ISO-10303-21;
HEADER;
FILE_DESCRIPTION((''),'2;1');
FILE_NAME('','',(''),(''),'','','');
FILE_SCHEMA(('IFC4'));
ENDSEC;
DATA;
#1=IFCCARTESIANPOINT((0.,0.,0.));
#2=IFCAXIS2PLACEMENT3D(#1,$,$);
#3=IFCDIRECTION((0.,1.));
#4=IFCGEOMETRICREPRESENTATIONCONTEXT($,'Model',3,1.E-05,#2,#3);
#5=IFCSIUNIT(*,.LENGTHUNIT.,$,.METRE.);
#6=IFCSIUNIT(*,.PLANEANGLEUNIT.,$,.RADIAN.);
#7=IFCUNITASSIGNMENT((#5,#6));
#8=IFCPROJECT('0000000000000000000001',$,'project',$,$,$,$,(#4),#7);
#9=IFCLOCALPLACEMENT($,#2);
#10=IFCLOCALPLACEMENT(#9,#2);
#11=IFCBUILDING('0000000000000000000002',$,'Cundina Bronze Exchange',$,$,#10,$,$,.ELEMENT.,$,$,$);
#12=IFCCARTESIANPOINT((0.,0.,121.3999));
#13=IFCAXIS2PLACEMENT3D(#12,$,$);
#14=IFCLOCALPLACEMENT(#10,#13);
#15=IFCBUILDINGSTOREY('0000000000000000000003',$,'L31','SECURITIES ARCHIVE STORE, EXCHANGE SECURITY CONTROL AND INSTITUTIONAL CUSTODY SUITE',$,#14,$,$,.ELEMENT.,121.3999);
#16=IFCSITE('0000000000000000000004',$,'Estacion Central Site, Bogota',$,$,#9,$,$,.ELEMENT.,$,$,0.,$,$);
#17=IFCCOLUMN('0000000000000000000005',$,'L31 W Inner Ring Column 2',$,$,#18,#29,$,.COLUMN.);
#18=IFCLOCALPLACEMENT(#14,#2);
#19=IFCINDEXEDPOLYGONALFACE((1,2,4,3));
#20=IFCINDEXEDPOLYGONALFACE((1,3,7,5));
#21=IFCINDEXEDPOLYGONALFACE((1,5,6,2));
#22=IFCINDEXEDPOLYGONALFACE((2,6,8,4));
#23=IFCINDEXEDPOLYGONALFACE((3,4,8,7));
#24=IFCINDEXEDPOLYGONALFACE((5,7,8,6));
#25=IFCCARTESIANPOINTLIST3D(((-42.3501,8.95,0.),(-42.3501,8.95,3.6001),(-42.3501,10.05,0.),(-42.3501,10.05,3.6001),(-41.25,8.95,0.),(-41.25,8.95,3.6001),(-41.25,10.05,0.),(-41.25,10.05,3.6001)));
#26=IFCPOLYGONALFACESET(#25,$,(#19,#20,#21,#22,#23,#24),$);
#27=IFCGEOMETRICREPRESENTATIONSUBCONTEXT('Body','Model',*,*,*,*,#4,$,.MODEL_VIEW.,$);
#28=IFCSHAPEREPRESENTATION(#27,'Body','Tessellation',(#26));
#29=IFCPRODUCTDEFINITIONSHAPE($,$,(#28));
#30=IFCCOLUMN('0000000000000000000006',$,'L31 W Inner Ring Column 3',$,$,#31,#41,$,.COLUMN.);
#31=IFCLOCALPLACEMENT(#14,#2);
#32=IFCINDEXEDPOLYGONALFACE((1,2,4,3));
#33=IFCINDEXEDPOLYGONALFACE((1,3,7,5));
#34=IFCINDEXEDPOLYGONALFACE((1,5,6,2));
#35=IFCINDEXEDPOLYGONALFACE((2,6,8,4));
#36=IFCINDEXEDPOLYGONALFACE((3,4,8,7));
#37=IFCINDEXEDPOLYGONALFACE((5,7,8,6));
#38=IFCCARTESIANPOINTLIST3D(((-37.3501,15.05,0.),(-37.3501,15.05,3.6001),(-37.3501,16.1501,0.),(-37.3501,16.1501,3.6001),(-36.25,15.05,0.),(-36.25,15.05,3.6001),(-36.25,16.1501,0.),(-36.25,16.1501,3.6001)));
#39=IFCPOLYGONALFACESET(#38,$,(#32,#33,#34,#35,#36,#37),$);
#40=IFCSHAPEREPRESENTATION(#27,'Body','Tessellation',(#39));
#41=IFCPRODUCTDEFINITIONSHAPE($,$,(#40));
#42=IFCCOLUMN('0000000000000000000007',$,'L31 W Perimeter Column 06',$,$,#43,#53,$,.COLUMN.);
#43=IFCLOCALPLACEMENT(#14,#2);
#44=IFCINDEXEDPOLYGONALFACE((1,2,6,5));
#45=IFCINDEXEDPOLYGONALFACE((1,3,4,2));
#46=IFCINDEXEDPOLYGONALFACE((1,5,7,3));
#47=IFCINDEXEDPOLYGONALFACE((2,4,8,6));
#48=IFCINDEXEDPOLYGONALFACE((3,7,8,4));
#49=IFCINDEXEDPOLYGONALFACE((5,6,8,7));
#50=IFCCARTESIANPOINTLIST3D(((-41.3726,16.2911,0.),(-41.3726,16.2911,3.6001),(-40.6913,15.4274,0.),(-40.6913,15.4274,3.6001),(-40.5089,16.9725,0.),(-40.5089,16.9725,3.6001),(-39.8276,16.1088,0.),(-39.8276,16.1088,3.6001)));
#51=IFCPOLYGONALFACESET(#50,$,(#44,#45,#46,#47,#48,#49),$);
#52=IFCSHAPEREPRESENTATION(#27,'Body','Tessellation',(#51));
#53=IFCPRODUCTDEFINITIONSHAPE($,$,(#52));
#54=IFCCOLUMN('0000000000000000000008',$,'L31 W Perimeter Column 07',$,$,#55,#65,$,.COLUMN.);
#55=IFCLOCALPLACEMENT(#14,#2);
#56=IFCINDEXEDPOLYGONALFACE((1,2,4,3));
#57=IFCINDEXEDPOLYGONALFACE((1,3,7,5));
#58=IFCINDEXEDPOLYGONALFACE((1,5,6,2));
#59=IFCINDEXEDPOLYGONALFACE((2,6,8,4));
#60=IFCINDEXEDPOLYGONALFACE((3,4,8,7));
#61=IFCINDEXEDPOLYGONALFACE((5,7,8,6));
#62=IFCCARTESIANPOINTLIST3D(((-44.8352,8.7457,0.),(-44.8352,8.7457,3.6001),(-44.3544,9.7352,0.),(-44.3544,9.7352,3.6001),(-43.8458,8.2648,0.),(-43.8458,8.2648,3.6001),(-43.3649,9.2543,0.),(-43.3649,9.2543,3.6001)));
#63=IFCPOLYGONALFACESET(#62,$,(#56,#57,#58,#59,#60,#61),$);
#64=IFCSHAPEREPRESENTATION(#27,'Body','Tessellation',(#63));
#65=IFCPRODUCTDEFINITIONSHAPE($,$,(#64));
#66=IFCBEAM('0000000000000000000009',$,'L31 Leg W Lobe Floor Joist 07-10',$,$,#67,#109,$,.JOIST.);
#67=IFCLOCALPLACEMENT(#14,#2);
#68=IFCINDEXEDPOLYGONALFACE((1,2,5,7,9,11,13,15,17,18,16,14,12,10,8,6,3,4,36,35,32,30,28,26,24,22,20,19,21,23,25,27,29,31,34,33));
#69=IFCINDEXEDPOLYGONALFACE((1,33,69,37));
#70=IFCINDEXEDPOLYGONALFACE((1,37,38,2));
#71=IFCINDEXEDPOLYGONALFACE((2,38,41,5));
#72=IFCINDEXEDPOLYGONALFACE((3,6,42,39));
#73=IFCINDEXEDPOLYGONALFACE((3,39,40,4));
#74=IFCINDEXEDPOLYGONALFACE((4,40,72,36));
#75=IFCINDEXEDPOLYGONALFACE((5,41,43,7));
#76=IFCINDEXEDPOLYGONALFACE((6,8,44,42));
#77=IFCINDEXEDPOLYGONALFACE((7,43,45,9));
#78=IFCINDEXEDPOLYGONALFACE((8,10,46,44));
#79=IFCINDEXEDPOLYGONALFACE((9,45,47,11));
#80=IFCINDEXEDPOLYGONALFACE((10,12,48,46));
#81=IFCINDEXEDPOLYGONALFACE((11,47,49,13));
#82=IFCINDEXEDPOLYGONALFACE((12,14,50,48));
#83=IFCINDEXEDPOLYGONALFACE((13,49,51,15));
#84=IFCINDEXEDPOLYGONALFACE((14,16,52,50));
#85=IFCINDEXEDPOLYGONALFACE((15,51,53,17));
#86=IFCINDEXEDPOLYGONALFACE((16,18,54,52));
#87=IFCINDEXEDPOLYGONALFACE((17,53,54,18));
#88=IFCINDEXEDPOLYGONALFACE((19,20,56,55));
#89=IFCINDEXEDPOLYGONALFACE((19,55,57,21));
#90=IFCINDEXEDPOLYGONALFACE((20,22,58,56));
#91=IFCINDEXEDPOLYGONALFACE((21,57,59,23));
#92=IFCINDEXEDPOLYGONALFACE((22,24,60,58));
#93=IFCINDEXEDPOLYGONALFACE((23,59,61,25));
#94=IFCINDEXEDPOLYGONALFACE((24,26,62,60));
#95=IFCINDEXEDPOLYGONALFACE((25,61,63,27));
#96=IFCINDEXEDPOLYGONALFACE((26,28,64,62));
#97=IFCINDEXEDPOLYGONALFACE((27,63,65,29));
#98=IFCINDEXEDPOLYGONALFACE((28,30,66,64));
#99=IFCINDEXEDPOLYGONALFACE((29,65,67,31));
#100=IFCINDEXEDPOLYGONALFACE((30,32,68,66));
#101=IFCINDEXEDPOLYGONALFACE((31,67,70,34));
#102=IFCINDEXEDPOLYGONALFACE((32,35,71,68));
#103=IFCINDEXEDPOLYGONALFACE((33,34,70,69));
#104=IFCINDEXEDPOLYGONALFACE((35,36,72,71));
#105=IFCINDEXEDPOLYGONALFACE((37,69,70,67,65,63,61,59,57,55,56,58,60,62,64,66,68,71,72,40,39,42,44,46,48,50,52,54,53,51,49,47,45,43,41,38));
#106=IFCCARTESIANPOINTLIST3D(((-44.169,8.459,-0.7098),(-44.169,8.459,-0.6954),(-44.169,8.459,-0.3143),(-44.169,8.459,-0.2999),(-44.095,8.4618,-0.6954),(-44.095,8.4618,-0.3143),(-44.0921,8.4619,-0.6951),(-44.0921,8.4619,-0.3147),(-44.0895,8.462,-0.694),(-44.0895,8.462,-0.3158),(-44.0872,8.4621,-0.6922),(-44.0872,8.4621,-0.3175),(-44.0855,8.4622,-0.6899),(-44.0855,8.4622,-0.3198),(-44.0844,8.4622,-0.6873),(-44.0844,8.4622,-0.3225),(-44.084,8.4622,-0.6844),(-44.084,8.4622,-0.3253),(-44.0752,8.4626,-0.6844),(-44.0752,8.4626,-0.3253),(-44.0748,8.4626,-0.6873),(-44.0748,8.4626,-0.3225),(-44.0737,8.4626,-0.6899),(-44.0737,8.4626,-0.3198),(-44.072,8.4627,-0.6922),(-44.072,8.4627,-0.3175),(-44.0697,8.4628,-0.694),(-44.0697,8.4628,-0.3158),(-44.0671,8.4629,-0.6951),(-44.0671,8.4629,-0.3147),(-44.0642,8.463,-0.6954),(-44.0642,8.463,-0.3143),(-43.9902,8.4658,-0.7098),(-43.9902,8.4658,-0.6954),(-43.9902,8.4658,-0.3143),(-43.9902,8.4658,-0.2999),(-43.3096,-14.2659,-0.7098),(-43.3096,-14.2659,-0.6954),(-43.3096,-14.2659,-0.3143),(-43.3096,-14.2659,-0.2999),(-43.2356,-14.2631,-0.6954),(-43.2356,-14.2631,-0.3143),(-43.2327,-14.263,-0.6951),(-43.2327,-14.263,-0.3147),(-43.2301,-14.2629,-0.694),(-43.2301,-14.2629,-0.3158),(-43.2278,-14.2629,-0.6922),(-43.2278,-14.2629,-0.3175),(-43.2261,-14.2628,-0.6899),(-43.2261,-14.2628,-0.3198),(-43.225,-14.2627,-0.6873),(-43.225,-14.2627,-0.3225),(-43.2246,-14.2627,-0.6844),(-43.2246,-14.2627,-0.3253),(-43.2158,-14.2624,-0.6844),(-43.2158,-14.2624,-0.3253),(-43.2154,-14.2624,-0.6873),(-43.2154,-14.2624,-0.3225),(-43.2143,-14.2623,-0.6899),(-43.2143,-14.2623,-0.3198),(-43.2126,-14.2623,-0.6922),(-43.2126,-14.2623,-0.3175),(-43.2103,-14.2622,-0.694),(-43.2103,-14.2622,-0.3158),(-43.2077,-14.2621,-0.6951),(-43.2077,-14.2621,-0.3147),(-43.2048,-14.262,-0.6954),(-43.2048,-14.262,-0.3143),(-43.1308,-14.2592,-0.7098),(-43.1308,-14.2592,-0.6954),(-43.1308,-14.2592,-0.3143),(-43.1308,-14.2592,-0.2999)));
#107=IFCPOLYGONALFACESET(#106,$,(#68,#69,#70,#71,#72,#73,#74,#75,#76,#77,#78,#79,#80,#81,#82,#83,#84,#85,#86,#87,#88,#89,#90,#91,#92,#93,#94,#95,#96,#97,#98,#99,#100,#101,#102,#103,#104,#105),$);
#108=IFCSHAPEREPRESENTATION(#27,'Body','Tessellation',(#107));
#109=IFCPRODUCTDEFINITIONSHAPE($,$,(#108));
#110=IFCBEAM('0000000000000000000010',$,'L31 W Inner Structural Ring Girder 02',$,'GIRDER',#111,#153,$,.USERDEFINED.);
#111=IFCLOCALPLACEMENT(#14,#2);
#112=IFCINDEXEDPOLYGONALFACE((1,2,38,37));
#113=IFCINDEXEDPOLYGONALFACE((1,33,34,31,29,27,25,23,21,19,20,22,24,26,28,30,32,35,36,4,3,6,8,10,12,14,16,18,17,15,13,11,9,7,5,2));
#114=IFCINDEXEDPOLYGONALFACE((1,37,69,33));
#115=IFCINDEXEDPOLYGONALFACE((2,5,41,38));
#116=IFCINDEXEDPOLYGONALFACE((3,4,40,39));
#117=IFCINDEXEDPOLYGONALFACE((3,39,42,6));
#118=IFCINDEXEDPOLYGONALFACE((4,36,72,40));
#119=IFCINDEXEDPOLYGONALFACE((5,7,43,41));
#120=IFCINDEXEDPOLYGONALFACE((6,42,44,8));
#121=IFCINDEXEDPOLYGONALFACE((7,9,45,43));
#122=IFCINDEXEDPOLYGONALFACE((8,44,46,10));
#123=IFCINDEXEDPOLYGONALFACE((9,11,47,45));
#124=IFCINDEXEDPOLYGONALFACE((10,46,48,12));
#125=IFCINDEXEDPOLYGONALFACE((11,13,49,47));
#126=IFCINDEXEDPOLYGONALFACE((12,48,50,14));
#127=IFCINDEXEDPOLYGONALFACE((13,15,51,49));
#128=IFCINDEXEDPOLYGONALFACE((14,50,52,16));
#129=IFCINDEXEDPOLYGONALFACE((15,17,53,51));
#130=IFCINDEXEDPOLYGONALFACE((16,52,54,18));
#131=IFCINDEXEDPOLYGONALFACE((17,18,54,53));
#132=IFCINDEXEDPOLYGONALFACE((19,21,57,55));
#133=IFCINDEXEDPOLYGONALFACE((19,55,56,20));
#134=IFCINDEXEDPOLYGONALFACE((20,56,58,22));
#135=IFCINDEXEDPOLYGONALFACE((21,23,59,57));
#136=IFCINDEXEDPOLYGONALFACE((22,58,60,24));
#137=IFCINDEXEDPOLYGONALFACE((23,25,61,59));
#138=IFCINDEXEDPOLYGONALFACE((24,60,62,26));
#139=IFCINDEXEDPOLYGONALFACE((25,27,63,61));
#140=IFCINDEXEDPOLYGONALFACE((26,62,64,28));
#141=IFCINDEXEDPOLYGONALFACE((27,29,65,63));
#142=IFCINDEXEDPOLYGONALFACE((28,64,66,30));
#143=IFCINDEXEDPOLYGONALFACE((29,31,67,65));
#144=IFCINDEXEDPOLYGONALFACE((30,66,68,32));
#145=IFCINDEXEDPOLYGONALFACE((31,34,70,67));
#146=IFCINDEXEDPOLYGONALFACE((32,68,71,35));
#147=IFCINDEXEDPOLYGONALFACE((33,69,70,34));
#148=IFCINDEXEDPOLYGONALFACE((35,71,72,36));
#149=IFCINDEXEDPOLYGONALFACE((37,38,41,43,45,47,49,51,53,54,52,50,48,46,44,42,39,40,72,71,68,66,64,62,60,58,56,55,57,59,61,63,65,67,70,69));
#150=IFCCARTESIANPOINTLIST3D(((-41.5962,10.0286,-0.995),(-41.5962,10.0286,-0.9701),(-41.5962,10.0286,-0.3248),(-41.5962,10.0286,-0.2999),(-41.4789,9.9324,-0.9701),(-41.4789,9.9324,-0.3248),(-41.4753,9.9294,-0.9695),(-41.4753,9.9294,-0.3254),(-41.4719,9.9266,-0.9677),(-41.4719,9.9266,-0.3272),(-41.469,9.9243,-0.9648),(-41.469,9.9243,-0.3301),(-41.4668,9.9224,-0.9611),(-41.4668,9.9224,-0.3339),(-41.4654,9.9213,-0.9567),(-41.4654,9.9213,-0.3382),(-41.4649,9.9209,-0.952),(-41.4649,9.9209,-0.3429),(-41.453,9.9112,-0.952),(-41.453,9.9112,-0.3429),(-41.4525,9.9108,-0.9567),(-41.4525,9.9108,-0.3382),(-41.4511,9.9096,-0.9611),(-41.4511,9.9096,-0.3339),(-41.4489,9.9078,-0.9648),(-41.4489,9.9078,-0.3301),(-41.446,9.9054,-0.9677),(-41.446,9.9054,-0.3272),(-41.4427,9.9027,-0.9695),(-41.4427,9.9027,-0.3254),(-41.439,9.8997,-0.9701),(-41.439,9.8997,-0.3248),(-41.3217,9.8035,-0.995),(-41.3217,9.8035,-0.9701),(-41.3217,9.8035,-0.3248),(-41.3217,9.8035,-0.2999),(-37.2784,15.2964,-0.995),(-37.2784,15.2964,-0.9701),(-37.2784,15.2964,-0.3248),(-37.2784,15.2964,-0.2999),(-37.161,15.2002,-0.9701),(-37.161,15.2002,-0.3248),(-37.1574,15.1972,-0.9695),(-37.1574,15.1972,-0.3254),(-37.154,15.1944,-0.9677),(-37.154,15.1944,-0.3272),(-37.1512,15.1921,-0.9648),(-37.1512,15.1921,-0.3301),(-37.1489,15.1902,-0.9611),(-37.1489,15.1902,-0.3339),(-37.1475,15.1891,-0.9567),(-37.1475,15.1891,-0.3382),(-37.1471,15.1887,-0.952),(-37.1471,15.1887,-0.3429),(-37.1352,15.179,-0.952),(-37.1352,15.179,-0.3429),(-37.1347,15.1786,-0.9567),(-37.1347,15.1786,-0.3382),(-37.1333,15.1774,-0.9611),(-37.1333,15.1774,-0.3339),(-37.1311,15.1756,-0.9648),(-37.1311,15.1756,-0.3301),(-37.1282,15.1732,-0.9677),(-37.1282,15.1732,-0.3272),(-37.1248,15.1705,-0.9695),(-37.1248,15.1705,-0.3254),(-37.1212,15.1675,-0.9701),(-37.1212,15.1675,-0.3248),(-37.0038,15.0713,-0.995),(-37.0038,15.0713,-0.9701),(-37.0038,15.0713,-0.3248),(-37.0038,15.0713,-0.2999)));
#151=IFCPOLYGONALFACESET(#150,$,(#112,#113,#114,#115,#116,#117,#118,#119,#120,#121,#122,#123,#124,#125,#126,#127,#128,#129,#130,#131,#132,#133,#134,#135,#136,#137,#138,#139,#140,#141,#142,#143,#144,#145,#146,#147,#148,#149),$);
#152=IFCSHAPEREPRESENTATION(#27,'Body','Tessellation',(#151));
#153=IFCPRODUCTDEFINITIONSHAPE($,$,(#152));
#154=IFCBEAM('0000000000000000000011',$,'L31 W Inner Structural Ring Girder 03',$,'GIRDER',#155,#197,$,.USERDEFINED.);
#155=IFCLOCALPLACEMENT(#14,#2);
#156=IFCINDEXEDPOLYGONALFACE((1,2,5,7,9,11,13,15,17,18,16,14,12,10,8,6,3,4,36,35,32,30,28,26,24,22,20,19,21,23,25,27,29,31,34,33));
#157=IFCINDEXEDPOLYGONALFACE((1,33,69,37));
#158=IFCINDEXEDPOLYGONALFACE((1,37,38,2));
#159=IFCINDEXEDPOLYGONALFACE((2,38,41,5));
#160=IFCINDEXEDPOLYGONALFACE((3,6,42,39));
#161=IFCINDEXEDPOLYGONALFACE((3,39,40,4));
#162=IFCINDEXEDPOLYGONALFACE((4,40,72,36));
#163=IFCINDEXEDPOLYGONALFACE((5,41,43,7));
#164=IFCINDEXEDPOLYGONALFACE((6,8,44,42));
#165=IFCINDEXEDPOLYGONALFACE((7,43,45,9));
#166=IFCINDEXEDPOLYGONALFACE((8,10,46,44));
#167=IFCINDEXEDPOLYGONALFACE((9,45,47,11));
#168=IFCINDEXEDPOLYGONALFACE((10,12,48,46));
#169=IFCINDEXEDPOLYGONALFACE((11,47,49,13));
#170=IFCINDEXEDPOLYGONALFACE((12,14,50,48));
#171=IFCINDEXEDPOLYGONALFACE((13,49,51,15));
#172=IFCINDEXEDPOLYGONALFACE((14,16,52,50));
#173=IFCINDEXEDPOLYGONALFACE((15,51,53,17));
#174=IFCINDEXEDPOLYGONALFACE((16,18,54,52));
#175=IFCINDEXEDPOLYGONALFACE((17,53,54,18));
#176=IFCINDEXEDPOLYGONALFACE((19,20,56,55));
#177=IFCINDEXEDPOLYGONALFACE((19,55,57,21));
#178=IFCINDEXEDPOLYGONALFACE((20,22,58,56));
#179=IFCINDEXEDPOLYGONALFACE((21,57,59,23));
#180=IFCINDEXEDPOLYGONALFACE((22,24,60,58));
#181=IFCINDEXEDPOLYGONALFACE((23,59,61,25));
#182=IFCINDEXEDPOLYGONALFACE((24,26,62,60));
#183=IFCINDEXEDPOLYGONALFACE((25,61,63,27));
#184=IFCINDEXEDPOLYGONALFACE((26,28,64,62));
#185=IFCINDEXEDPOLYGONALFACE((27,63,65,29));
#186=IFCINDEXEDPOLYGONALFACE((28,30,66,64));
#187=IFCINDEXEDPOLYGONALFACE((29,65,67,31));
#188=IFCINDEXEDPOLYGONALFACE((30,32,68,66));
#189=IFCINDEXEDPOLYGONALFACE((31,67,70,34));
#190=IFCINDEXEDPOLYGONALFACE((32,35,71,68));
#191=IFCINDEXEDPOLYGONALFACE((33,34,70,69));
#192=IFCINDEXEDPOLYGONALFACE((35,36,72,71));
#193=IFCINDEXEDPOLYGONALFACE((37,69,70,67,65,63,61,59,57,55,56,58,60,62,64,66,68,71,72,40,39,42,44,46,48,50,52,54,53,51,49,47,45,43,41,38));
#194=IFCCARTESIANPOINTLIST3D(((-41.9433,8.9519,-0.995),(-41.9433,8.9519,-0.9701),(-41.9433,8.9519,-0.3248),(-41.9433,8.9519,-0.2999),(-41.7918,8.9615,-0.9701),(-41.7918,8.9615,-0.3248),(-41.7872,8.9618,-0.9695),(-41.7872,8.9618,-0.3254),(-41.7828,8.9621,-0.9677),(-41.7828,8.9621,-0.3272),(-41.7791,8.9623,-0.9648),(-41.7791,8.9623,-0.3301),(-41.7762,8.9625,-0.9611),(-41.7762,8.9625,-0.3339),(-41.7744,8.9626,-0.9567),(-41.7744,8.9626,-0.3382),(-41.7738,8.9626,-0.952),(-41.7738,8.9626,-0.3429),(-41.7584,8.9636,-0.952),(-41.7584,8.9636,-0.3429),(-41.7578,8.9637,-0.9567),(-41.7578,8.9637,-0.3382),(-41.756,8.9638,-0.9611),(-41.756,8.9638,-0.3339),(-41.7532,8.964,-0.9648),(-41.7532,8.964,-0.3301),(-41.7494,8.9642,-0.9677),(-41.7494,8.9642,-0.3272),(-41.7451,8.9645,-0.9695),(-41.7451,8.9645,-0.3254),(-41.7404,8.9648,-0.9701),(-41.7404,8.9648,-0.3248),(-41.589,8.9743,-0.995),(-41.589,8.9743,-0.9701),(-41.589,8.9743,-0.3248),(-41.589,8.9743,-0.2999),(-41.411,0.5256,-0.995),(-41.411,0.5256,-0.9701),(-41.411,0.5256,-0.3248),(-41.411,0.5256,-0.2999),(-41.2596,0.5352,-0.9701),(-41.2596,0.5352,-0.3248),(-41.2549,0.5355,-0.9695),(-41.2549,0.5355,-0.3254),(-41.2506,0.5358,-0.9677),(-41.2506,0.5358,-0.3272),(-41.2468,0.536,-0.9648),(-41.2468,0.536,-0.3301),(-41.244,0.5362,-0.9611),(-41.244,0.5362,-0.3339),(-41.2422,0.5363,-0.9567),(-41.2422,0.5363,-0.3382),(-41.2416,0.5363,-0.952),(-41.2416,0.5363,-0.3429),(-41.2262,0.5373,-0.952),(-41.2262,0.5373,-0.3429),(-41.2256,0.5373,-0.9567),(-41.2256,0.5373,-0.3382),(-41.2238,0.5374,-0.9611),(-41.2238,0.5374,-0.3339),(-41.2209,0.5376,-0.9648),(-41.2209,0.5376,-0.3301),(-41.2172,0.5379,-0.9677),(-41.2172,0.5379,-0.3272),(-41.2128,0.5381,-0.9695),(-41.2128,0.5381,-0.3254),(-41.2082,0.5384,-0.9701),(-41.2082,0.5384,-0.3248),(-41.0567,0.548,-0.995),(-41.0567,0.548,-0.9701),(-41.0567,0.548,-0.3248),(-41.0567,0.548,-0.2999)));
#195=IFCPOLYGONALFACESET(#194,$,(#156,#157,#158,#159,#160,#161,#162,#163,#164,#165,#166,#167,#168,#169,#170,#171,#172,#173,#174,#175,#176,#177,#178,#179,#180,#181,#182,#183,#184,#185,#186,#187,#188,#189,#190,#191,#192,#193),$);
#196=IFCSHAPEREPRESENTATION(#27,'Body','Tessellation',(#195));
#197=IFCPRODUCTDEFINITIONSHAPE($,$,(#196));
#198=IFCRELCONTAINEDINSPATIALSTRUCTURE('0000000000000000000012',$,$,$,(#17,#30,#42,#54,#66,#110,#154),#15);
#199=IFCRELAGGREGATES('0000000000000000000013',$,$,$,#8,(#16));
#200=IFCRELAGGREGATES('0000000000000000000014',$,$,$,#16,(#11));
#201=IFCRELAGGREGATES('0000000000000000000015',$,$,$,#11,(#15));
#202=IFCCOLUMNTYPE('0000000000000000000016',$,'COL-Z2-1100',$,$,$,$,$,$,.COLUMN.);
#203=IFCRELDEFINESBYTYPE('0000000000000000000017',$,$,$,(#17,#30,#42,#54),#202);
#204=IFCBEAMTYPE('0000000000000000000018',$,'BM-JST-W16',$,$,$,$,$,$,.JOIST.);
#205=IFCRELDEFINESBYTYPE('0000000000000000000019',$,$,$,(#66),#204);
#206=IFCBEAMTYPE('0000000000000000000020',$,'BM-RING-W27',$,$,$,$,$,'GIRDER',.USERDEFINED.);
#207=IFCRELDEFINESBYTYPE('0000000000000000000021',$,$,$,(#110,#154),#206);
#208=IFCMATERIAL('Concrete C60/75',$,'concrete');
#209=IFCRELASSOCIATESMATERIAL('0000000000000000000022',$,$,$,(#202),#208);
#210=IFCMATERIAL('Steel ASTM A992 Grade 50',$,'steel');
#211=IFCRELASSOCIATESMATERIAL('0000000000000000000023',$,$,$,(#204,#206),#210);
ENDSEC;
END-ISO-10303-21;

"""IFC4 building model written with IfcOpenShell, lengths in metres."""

from ifc_helpers import new_model, si_unit, direction, frame, origin, origin_2d, place, context, subcontext, project, spatial, rectangle, i_section, extrude, material, material_profile, profile_set, type_object, element, save


model = new_model("IFC4")

# Units and contexts
model_context = context("Model", 3, precision=1e-05, world=origin(), true_north=direction((0.0, 1.0)))
body_context = subcontext(model_context, "Body", "Model", "MODEL_VIEW")
ifc_project = project(units=[si_unit("LENGTHUNIT", "METRE"), si_unit("PLANEANGLEUNIT", "RADIAN")], contexts=[model_context])

# Site, building, storey
site_placement = place(None, origin())
site = spatial("IfcSite", under=ifc_project, at=site_placement, Name="Estacion Central Site, Bogota", CompositionType="ELEMENT", RefElevation=0.0)
building_placement = place(site_placement, origin())
building = spatial("IfcBuilding", under=site, at=building_placement, Name="Cundina Bronze Exchange", CompositionType="ELEMENT")
storey_placement = place(building_placement, frame((0.0, 0.0, 121.3999)))
storey = spatial("IfcBuildingStorey", under=building, at=storey_placement, Name="L31", Description="SECURITIES ARCHIVE STORE, EXCHANGE SECURITY CONTROL AND INSTITUTIONAL CUSTODY SUITE", CompositionType="ELEMENT", Elevation=121.3999)

# Columns
ifc_material_1 = material(Name="Concrete C60/75", Category="concrete")
ifc_material_profile_1 = material_profile(ifc_material_1, rectangle(XDim=1.1001, YDim=1.1001, at=origin_2d()), Name="RC1100X1100", Category="concrete")
ifc_profile_set_1 = profile_set([ifc_material_profile_1], Name="Concrete C60/75")
column_type = type_object("IfcColumnType", Name="COL-Z2-1100", PredefinedType="COLUMN", material=ifc_profile_set_1)
for number, where, z_axis, x_axis, name in (
    (1, (-41.8, 9.5, 0.0), (0.0, 0.0, 1.0), (1.0, 0.0, 0.0), "L31 W Inner Ring Column 2"),
    (2, (-36.8, 15.6001, 0.0), (0.0, 0.0, 1.0), (1.0, 0.0, 0.0), "L31 W Inner Ring Column 3"),
    (3, (-40.6001, 16.2, 0.0), (0.0, 0.0, 1.0), (-0.785101, -0.619368, 0.0), "L31 W Perimeter Column 06"),
    (4, (-44.1001, 9.0, 0.0), (0.0, 0.0, 1.0), (-0.437116, -0.899405, 0.0), "L31 W Perimeter Column 07"),
):
    element("IfcColumn", number, at=place(storey_placement, frame(where, z_axis=z_axis, x_axis=x_axis)), inside=storey, type_object=column_type, Name=name, PredefinedType="COLUMN", context=body_context, shape_type="SweptSolid", body=[
        extrude(rectangle(XDim=1.1001, YDim=1.1001, at=origin_2d()), origin(), (0.0, 0.0, 1.0), 3.6001),
    ])

# Beams
ifc_material_2 = material(Name="Steel ASTM A992 Grade 50", Category="steel")
ifc_material_profile_2 = material_profile(ifc_material_2, i_section(OverallWidth=0.179, OverallDepth=0.4099, WebThickness=0.0088, FlangeThickness=0.0144, FilletRadius=0.011, at=origin_2d()), Name="W16X45", Category="steel")
ifc_profile_set_2 = profile_set([ifc_material_profile_2], Name="Steel ASTM A992 Grade 50")
beam_type_1 = type_object("IfcBeamType", Name="BM-JST-W16", PredefinedType="JOIST", material=ifc_profile_set_2)
beam_1_placement = place(storey_placement, frame((-44.0796, 8.4624, -0.5049), z_axis=(0.03779, -0.999286, 0.0), x_axis=(0.999286, 0.03779, 0.0)))
element("IfcBeam", 5, at=beam_1_placement, inside=storey, type_object=beam_type_1, Name="L31 Leg W Lobe Floor Joist 07-10", PredefinedType="JOIST", context=body_context, shape_type="SweptSolid", body=[
    extrude(i_section(OverallWidth=0.179, OverallDepth=0.4099, WebThickness=0.0088, FlangeThickness=0.0144, FilletRadius=0.011, at=origin_2d()), origin(), (0.0, 0.0, 1.0), 22.7412),
])
ifc_material_profile_3 = material_profile(ifc_material_2, i_section(OverallWidth=0.355, OverallDepth=0.6951, WebThickness=0.0154, FlangeThickness=0.0249, FilletRadius=0.0181, at=origin_2d()), Name="W27X146", Category="steel")
ifc_profile_set_3 = profile_set([ifc_material_profile_3], Name="Steel ASTM A992 Grade 50")
beam_type_2 = type_object("IfcBeamType", Name="BM-RING-W27", ElementType="GIRDER", PredefinedType="USERDEFINED", material=ifc_profile_set_3)
beam_2_placement = place(storey_placement, frame((-37.1411, 15.1838, -0.6475), z_axis=(-0.633927, -0.773393, 0.0), x_axis=(0.773393, -0.633927, 0.0)))
element("IfcBeam", 6, at=beam_2_placement, inside=storey, type_object=beam_type_2, Name="L31 W Inner Structural Ring Girder 02", ObjectType="GIRDER", PredefinedType="USERDEFINED", context=body_context, shape_type="SweptSolid", body=[
    extrude(i_section(OverallWidth=0.355, OverallDepth=0.6951, WebThickness=0.0154, FlangeThickness=0.0249, FilletRadius=0.0181, at=origin_2d()), origin(), (0.0, 0.0, 1.0), 6.8113),
])
beam_3_placement = place(storey_placement, frame((-41.7661, 8.9631, -0.6475), z_axis=(0.063037, -0.998011, 0.0), x_axis=(0.998011, 0.063037, 0.0)))
element("IfcBeam", 7, at=beam_3_placement, inside=storey, type_object=beam_type_2, Name="L31 W Inner Structural Ring Girder 03", ObjectType="GIRDER", PredefinedType="USERDEFINED", context=body_context, shape_type="SweptSolid", body=[
    extrude(i_section(OverallWidth=0.355, OverallDepth=0.6951, WebThickness=0.0154, FlangeThickness=0.0249, FilletRadius=0.0181, at=origin_2d()), origin(), (0.0, 0.0, 1.0), 8.4431),
])

save(model, "model.ifc")
